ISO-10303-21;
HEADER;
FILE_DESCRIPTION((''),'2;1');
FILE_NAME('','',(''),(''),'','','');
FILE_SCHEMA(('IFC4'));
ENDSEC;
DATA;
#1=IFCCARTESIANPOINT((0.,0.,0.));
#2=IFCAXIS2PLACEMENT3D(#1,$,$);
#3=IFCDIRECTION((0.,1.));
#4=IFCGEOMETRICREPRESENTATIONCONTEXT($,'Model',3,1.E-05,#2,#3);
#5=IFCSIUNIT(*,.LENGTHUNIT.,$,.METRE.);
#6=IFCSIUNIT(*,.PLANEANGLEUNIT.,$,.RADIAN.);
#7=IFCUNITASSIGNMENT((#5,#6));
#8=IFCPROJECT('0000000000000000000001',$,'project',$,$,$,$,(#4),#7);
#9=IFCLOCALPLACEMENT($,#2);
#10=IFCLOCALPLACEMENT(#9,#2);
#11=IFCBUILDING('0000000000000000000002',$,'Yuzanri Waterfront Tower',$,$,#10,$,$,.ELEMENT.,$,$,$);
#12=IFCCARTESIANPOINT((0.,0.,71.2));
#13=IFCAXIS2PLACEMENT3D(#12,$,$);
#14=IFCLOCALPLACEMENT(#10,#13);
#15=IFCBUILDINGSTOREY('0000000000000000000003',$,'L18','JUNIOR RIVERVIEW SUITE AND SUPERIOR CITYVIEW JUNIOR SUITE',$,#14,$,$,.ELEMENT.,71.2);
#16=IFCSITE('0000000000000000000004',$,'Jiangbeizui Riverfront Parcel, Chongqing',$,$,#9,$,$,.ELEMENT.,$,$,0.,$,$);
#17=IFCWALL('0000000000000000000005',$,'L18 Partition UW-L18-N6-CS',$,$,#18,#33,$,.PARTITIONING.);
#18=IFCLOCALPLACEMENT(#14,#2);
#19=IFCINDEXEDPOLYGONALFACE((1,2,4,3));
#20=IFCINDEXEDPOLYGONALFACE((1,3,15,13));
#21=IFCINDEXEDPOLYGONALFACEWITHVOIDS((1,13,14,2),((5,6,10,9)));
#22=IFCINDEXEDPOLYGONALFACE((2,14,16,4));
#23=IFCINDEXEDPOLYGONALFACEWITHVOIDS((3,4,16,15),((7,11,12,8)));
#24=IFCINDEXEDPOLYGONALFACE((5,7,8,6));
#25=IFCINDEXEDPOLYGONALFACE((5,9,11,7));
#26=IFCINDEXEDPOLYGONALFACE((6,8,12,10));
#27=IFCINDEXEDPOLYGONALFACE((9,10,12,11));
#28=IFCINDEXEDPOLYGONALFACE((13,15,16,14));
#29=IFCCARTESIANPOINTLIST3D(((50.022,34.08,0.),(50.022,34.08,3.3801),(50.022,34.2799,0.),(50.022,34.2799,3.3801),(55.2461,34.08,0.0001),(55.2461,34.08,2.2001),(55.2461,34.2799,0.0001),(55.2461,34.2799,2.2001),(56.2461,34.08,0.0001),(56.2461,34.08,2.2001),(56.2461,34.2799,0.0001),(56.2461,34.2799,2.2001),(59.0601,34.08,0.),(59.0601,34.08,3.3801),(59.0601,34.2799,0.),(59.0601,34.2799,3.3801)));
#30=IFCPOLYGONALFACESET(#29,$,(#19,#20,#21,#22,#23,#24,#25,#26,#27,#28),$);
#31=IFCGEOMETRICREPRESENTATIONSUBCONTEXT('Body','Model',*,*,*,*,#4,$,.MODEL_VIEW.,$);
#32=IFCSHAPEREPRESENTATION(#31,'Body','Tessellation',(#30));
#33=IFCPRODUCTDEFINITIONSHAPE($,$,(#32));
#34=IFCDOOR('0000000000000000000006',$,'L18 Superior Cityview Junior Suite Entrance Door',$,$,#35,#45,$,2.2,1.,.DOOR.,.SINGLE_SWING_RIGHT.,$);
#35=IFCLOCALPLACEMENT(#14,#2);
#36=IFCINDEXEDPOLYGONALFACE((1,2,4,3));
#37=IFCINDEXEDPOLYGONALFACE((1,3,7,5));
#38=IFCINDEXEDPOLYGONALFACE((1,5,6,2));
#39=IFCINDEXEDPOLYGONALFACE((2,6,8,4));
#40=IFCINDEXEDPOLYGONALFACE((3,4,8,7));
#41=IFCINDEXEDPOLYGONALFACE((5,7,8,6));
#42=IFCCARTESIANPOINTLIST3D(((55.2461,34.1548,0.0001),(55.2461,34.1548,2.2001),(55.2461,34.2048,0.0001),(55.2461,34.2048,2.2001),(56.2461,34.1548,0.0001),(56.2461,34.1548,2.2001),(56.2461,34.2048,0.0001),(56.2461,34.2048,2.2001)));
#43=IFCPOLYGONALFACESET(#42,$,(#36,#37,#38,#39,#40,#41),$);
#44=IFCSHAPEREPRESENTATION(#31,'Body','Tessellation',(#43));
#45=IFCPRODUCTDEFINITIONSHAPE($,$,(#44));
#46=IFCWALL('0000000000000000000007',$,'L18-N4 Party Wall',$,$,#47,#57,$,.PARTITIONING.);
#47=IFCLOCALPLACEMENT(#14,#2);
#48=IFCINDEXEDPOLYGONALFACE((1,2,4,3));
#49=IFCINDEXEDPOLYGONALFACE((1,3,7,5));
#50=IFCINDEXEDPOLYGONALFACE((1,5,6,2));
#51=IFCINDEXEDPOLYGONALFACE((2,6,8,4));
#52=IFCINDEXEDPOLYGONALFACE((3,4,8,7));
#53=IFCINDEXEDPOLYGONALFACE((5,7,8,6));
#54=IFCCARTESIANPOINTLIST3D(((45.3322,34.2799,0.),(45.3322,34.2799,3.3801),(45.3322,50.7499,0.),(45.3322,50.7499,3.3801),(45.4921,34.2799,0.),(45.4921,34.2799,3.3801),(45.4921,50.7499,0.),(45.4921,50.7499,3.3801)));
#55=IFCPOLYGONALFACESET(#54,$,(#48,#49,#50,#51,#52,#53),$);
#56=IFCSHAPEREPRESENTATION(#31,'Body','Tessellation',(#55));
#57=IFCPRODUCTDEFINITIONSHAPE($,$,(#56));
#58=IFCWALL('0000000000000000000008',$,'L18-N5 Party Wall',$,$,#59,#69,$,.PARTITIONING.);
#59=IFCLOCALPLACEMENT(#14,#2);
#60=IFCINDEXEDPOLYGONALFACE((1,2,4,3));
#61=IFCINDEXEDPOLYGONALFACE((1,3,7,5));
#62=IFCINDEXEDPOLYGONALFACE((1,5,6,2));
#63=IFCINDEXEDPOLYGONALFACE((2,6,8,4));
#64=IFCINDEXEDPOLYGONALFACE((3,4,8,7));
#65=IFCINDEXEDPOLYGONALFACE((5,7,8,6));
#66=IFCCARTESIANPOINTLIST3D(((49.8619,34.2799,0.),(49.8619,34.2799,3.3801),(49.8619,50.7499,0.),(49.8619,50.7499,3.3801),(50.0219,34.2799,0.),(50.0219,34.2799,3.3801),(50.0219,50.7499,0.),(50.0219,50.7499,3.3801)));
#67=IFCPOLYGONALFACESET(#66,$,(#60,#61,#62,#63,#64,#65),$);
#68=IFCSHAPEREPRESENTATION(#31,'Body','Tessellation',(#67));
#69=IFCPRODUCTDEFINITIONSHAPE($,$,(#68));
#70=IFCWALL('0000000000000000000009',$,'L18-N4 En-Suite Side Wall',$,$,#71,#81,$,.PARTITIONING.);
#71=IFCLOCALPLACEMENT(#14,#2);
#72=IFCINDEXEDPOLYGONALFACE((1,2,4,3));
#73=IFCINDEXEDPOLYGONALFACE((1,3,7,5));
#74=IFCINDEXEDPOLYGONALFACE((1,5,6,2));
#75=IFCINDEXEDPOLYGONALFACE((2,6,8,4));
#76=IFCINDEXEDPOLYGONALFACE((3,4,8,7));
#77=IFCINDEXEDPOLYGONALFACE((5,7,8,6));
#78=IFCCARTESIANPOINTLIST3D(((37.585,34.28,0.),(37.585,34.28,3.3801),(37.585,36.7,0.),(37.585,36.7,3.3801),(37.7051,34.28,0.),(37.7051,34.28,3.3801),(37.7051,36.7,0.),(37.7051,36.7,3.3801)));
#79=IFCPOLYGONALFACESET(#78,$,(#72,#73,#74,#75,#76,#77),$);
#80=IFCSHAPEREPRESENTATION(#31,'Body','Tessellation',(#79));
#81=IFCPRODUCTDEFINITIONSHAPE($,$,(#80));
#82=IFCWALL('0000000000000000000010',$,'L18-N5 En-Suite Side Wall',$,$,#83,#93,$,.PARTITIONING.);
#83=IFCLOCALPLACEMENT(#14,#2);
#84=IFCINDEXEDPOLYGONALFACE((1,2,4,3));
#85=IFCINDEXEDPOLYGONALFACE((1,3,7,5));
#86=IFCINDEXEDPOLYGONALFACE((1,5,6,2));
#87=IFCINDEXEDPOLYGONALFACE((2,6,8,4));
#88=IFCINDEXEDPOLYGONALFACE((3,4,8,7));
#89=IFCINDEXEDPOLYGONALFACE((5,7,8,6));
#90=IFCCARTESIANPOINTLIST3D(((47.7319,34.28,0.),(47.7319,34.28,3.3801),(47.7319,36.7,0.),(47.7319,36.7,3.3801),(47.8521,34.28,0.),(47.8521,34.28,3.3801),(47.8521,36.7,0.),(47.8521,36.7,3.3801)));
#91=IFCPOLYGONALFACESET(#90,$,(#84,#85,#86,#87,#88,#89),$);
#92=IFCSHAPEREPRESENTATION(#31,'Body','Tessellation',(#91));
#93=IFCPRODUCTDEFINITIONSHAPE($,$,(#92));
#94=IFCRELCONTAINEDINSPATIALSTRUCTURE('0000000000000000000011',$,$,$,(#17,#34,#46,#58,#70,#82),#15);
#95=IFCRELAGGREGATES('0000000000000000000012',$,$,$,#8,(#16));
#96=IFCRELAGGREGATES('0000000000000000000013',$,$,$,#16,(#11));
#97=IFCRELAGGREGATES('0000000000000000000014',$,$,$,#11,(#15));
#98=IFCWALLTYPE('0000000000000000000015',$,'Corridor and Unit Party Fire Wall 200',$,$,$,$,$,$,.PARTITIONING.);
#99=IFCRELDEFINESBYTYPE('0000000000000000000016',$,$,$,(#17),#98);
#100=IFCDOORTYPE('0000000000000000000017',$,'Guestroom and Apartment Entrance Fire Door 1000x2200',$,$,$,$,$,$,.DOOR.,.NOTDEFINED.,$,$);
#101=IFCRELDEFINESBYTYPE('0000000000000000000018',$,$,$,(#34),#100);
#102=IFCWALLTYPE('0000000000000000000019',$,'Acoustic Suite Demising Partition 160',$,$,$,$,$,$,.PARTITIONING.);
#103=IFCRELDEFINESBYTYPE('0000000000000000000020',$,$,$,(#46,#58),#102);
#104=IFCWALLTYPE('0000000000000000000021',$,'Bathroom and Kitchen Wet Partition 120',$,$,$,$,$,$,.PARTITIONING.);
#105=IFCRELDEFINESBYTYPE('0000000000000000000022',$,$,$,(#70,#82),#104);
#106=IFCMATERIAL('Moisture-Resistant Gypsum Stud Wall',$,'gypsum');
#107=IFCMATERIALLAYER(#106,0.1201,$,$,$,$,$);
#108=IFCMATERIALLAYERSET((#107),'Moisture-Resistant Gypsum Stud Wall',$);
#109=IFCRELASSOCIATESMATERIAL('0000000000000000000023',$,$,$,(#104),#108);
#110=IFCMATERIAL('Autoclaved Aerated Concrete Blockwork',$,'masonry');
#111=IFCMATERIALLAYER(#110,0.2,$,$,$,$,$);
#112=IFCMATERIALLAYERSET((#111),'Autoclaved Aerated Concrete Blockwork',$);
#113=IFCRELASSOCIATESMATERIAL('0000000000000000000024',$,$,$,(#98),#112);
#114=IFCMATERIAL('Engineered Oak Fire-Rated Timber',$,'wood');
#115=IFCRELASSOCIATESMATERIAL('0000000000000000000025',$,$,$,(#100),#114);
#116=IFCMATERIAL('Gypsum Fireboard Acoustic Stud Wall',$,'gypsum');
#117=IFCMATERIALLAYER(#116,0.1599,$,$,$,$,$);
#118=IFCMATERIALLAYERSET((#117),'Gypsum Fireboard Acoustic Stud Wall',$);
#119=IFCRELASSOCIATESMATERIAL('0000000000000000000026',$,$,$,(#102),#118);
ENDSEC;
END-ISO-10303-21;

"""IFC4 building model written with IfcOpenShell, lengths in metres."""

from ifc_helpers import new_model, si_unit, direction, frame, frame_2d, origin, place, context, subcontext, project, spatial, rectangle, extrude, source, transform, mapped, material, layer, layer_set, type_object, element, fill, save


model = new_model("IFC4")

# Units and contexts
model_context = context("Model", 3, precision=1e-05, world=origin(), true_north=direction((0.0, 1.0)))
body_context = subcontext(model_context, "Body", "Model", "MODEL_VIEW")
ifc_project = project(units=[si_unit("LENGTHUNIT", "METRE"), si_unit("PLANEANGLEUNIT", "RADIAN")], contexts=[model_context])

# Site, building, storey
site_placement = place(None, origin())
site = spatial("IfcSite", under=ifc_project, at=site_placement, Name="Jiangbeizui Riverfront Parcel, Chongqing", CompositionType="ELEMENT", RefElevation=0.0)
building_placement = place(site_placement, origin())
building = spatial("IfcBuilding", under=site, at=building_placement, Name="Yuzanri Waterfront Tower", CompositionType="ELEMENT")
storey_placement = place(building_placement, frame((0.0, 0.0, 71.2)))
storey = spatial("IfcBuildingStorey", under=building, at=storey_placement, Name="L18", Description="JUNIOR RIVERVIEW SUITE AND SUPERIOR CITYVIEW JUNIOR SUITE", CompositionType="ELEMENT", Elevation=71.2)

# Wall, opening, door
ifc_material_1 = material(Name="Moisture-Resistant Gypsum Stud Wall", Category="gypsum")
ifc_layer_1 = layer(ifc_material_1, 0.1201)
ifc_layer_set_1 = layer_set([ifc_layer_1], Name="Moisture-Resistant Gypsum Stud Wall")
wall_type_1 = type_object("IfcWallType", Name="Bathroom and Kitchen Wet Partition 120", PredefinedType="PARTITIONING", material=ifc_layer_set_1)
ifc_material_2 = material(Name="Autoclaved Aerated Concrete Blockwork", Category="masonry")
ifc_layer_2 = layer(ifc_material_2, 0.2)
ifc_layer_set_2 = layer_set([ifc_layer_2], Name="Autoclaved Aerated Concrete Blockwork")
wall_type_2 = type_object("IfcWallType", Name="Corridor and Unit Party Fire Wall 200", PredefinedType="PARTITIONING", material=ifc_layer_set_2)
ifc_material_3 = material(Name="Engineered Oak Fire-Rated Timber", Category="wood")
door_type_1 = type_object("IfcDoorType", Name="Guestroom and Apartment Entrance Fire Door 1000x2200", OperationType="NOTDEFINED", PredefinedType="DOOR", material=ifc_material_3)
shared_shape_1 = source(origin(), body_context, "Body", "SweptSolid", [
    extrude(rectangle(XDim=1.0, YDim=2.2, at=frame_2d((0.5, 1.1001))), frame((0.0, 0.0249, 0.0), z_axis=(0.0, -1.0, 0.0), x_axis=(1.0, 0.0, 0.0)), (0.0, 0.0, 1.0), 0.05),
])
wall_1_placement = place(storey_placement, frame((50.022, 34.1799, 0.0), z_axis=(0.0, 0.0, 1.0), x_axis=(1.0, 0.0, 0.0)))
wall_1 = element("IfcWall", 1, at=wall_1_placement, inside=storey, type_object=wall_type_2, Name="L18 Partition UW-L18-N6-CS", PredefinedType="PARTITIONING", context=body_context, shape_type="SweptSolid", body=[
    extrude(rectangle(XDim=9.0381, YDim=0.2, at=frame_2d((4.519, 0.0))), origin(), (0.0, 0.0, 1.0), 3.3801),
])
opening_1_placement = place(wall_1_placement, frame((5.2241, 0.0, 0.0)))
opening_1 = element("IfcOpeningElement", 2, at=opening_1_placement, cuts=wall_1, PredefinedType="OPENING", context=body_context, shape_type="SweptSolid", body=[
    extrude(rectangle(XDim=1.0, YDim=2.2, at=frame_2d((0.5, 1.1001))), frame((0.0, 0.1147, 0.0), z_axis=(0.0, -1.0, 0.0), x_axis=(1.0, 0.0, 0.0)), (0.0, 0.0, 1.0), 0.2297),
])
door_1_placement = place(opening_1_placement, origin())
door_1 = element("IfcDoor", 3, at=door_1_placement, inside=storey, type_object=door_type_1, Name="L18 Superior Cityview Junior Suite Entrance Door", OperationType="SINGLE_SWING_RIGHT", OverallHeight=2.2, OverallWidth=1.0, PredefinedType="DOOR", context=body_context, shape_type="MappedRepresentation", body=[
    mapped(shared_shape_1, transform((0.0, 0.0, 0.0), scale=1.0)),
])
fill(opening_1, door_1)

# Walls
ifc_material_4 = material(Name="Gypsum Fireboard Acoustic Stud Wall", Category="gypsum")
ifc_layer_3 = layer(ifc_material_4, 0.1599)
ifc_layer_set_3 = layer_set([ifc_layer_3], Name="Gypsum Fireboard Acoustic Stud Wall")
wall_type_3 = type_object("IfcWallType", Name="Acoustic Suite Demising Partition 160", PredefinedType="PARTITIONING", material=ifc_layer_set_3)
shared_shape_2 = source(origin(), body_context, "Body", "SweptSolid", [
    extrude(rectangle(XDim=16.47, YDim=0.1599, at=frame_2d((8.2349, 0.0))), origin(), (0.0, 0.0, 1.0), 3.3801),
])
for number, where, z_axis, x_axis, name in (
    (4, (45.4121, 34.28, 0.0), (0.0, 0.0, 1.0), (0.0, 1.0, 0.0), "L18-N4 Party Wall"),
    (5, (49.9419, 34.28, 0.0), (0.0, 0.0, 1.0), (0.0, 1.0, 0.0), "L18-N5 Party Wall"),
):
    element("IfcWall", number, at=place(storey_placement, frame(where, z_axis=z_axis, x_axis=x_axis)), inside=storey, type_object=wall_type_3, Name=name, PredefinedType="PARTITIONING", context=body_context, shape_type="MappedRepresentation", body=[
        mapped(shared_shape_2, transform((0.0, 0.0, 0.0), scale=1.0)),
    ])
shared_shape_3 = source(origin(), body_context, "Body", "SweptSolid", [
    extrude(rectangle(XDim=2.4199, YDim=0.1201, at=frame_2d((1.21, 0.0))), origin(), (0.0, 0.0, 1.0), 3.3801),
])
for number, where, z_axis, x_axis, name in (
    (6, (37.645, 34.28, 0.0), (0.0, 0.0, 1.0), (0.0, 1.0, 0.0), "L18-N4 En-Suite Side Wall"),
    (7, (47.792, 34.28, 0.0), (0.0, 0.0, 1.0), (0.0, 1.0, 0.0), "L18-N5 En-Suite Side Wall"),
):
    element("IfcWall", number, at=place(storey_placement, frame(where, z_axis=z_axis, x_axis=x_axis)), inside=storey, type_object=wall_type_1, Name=name, PredefinedType="PARTITIONING", context=body_context, shape_type="MappedRepresentation", body=[
        mapped(shared_shape_3, transform((0.0, 0.0, 0.0), scale=1.0)),
    ])

save(model, "model.ifc")
